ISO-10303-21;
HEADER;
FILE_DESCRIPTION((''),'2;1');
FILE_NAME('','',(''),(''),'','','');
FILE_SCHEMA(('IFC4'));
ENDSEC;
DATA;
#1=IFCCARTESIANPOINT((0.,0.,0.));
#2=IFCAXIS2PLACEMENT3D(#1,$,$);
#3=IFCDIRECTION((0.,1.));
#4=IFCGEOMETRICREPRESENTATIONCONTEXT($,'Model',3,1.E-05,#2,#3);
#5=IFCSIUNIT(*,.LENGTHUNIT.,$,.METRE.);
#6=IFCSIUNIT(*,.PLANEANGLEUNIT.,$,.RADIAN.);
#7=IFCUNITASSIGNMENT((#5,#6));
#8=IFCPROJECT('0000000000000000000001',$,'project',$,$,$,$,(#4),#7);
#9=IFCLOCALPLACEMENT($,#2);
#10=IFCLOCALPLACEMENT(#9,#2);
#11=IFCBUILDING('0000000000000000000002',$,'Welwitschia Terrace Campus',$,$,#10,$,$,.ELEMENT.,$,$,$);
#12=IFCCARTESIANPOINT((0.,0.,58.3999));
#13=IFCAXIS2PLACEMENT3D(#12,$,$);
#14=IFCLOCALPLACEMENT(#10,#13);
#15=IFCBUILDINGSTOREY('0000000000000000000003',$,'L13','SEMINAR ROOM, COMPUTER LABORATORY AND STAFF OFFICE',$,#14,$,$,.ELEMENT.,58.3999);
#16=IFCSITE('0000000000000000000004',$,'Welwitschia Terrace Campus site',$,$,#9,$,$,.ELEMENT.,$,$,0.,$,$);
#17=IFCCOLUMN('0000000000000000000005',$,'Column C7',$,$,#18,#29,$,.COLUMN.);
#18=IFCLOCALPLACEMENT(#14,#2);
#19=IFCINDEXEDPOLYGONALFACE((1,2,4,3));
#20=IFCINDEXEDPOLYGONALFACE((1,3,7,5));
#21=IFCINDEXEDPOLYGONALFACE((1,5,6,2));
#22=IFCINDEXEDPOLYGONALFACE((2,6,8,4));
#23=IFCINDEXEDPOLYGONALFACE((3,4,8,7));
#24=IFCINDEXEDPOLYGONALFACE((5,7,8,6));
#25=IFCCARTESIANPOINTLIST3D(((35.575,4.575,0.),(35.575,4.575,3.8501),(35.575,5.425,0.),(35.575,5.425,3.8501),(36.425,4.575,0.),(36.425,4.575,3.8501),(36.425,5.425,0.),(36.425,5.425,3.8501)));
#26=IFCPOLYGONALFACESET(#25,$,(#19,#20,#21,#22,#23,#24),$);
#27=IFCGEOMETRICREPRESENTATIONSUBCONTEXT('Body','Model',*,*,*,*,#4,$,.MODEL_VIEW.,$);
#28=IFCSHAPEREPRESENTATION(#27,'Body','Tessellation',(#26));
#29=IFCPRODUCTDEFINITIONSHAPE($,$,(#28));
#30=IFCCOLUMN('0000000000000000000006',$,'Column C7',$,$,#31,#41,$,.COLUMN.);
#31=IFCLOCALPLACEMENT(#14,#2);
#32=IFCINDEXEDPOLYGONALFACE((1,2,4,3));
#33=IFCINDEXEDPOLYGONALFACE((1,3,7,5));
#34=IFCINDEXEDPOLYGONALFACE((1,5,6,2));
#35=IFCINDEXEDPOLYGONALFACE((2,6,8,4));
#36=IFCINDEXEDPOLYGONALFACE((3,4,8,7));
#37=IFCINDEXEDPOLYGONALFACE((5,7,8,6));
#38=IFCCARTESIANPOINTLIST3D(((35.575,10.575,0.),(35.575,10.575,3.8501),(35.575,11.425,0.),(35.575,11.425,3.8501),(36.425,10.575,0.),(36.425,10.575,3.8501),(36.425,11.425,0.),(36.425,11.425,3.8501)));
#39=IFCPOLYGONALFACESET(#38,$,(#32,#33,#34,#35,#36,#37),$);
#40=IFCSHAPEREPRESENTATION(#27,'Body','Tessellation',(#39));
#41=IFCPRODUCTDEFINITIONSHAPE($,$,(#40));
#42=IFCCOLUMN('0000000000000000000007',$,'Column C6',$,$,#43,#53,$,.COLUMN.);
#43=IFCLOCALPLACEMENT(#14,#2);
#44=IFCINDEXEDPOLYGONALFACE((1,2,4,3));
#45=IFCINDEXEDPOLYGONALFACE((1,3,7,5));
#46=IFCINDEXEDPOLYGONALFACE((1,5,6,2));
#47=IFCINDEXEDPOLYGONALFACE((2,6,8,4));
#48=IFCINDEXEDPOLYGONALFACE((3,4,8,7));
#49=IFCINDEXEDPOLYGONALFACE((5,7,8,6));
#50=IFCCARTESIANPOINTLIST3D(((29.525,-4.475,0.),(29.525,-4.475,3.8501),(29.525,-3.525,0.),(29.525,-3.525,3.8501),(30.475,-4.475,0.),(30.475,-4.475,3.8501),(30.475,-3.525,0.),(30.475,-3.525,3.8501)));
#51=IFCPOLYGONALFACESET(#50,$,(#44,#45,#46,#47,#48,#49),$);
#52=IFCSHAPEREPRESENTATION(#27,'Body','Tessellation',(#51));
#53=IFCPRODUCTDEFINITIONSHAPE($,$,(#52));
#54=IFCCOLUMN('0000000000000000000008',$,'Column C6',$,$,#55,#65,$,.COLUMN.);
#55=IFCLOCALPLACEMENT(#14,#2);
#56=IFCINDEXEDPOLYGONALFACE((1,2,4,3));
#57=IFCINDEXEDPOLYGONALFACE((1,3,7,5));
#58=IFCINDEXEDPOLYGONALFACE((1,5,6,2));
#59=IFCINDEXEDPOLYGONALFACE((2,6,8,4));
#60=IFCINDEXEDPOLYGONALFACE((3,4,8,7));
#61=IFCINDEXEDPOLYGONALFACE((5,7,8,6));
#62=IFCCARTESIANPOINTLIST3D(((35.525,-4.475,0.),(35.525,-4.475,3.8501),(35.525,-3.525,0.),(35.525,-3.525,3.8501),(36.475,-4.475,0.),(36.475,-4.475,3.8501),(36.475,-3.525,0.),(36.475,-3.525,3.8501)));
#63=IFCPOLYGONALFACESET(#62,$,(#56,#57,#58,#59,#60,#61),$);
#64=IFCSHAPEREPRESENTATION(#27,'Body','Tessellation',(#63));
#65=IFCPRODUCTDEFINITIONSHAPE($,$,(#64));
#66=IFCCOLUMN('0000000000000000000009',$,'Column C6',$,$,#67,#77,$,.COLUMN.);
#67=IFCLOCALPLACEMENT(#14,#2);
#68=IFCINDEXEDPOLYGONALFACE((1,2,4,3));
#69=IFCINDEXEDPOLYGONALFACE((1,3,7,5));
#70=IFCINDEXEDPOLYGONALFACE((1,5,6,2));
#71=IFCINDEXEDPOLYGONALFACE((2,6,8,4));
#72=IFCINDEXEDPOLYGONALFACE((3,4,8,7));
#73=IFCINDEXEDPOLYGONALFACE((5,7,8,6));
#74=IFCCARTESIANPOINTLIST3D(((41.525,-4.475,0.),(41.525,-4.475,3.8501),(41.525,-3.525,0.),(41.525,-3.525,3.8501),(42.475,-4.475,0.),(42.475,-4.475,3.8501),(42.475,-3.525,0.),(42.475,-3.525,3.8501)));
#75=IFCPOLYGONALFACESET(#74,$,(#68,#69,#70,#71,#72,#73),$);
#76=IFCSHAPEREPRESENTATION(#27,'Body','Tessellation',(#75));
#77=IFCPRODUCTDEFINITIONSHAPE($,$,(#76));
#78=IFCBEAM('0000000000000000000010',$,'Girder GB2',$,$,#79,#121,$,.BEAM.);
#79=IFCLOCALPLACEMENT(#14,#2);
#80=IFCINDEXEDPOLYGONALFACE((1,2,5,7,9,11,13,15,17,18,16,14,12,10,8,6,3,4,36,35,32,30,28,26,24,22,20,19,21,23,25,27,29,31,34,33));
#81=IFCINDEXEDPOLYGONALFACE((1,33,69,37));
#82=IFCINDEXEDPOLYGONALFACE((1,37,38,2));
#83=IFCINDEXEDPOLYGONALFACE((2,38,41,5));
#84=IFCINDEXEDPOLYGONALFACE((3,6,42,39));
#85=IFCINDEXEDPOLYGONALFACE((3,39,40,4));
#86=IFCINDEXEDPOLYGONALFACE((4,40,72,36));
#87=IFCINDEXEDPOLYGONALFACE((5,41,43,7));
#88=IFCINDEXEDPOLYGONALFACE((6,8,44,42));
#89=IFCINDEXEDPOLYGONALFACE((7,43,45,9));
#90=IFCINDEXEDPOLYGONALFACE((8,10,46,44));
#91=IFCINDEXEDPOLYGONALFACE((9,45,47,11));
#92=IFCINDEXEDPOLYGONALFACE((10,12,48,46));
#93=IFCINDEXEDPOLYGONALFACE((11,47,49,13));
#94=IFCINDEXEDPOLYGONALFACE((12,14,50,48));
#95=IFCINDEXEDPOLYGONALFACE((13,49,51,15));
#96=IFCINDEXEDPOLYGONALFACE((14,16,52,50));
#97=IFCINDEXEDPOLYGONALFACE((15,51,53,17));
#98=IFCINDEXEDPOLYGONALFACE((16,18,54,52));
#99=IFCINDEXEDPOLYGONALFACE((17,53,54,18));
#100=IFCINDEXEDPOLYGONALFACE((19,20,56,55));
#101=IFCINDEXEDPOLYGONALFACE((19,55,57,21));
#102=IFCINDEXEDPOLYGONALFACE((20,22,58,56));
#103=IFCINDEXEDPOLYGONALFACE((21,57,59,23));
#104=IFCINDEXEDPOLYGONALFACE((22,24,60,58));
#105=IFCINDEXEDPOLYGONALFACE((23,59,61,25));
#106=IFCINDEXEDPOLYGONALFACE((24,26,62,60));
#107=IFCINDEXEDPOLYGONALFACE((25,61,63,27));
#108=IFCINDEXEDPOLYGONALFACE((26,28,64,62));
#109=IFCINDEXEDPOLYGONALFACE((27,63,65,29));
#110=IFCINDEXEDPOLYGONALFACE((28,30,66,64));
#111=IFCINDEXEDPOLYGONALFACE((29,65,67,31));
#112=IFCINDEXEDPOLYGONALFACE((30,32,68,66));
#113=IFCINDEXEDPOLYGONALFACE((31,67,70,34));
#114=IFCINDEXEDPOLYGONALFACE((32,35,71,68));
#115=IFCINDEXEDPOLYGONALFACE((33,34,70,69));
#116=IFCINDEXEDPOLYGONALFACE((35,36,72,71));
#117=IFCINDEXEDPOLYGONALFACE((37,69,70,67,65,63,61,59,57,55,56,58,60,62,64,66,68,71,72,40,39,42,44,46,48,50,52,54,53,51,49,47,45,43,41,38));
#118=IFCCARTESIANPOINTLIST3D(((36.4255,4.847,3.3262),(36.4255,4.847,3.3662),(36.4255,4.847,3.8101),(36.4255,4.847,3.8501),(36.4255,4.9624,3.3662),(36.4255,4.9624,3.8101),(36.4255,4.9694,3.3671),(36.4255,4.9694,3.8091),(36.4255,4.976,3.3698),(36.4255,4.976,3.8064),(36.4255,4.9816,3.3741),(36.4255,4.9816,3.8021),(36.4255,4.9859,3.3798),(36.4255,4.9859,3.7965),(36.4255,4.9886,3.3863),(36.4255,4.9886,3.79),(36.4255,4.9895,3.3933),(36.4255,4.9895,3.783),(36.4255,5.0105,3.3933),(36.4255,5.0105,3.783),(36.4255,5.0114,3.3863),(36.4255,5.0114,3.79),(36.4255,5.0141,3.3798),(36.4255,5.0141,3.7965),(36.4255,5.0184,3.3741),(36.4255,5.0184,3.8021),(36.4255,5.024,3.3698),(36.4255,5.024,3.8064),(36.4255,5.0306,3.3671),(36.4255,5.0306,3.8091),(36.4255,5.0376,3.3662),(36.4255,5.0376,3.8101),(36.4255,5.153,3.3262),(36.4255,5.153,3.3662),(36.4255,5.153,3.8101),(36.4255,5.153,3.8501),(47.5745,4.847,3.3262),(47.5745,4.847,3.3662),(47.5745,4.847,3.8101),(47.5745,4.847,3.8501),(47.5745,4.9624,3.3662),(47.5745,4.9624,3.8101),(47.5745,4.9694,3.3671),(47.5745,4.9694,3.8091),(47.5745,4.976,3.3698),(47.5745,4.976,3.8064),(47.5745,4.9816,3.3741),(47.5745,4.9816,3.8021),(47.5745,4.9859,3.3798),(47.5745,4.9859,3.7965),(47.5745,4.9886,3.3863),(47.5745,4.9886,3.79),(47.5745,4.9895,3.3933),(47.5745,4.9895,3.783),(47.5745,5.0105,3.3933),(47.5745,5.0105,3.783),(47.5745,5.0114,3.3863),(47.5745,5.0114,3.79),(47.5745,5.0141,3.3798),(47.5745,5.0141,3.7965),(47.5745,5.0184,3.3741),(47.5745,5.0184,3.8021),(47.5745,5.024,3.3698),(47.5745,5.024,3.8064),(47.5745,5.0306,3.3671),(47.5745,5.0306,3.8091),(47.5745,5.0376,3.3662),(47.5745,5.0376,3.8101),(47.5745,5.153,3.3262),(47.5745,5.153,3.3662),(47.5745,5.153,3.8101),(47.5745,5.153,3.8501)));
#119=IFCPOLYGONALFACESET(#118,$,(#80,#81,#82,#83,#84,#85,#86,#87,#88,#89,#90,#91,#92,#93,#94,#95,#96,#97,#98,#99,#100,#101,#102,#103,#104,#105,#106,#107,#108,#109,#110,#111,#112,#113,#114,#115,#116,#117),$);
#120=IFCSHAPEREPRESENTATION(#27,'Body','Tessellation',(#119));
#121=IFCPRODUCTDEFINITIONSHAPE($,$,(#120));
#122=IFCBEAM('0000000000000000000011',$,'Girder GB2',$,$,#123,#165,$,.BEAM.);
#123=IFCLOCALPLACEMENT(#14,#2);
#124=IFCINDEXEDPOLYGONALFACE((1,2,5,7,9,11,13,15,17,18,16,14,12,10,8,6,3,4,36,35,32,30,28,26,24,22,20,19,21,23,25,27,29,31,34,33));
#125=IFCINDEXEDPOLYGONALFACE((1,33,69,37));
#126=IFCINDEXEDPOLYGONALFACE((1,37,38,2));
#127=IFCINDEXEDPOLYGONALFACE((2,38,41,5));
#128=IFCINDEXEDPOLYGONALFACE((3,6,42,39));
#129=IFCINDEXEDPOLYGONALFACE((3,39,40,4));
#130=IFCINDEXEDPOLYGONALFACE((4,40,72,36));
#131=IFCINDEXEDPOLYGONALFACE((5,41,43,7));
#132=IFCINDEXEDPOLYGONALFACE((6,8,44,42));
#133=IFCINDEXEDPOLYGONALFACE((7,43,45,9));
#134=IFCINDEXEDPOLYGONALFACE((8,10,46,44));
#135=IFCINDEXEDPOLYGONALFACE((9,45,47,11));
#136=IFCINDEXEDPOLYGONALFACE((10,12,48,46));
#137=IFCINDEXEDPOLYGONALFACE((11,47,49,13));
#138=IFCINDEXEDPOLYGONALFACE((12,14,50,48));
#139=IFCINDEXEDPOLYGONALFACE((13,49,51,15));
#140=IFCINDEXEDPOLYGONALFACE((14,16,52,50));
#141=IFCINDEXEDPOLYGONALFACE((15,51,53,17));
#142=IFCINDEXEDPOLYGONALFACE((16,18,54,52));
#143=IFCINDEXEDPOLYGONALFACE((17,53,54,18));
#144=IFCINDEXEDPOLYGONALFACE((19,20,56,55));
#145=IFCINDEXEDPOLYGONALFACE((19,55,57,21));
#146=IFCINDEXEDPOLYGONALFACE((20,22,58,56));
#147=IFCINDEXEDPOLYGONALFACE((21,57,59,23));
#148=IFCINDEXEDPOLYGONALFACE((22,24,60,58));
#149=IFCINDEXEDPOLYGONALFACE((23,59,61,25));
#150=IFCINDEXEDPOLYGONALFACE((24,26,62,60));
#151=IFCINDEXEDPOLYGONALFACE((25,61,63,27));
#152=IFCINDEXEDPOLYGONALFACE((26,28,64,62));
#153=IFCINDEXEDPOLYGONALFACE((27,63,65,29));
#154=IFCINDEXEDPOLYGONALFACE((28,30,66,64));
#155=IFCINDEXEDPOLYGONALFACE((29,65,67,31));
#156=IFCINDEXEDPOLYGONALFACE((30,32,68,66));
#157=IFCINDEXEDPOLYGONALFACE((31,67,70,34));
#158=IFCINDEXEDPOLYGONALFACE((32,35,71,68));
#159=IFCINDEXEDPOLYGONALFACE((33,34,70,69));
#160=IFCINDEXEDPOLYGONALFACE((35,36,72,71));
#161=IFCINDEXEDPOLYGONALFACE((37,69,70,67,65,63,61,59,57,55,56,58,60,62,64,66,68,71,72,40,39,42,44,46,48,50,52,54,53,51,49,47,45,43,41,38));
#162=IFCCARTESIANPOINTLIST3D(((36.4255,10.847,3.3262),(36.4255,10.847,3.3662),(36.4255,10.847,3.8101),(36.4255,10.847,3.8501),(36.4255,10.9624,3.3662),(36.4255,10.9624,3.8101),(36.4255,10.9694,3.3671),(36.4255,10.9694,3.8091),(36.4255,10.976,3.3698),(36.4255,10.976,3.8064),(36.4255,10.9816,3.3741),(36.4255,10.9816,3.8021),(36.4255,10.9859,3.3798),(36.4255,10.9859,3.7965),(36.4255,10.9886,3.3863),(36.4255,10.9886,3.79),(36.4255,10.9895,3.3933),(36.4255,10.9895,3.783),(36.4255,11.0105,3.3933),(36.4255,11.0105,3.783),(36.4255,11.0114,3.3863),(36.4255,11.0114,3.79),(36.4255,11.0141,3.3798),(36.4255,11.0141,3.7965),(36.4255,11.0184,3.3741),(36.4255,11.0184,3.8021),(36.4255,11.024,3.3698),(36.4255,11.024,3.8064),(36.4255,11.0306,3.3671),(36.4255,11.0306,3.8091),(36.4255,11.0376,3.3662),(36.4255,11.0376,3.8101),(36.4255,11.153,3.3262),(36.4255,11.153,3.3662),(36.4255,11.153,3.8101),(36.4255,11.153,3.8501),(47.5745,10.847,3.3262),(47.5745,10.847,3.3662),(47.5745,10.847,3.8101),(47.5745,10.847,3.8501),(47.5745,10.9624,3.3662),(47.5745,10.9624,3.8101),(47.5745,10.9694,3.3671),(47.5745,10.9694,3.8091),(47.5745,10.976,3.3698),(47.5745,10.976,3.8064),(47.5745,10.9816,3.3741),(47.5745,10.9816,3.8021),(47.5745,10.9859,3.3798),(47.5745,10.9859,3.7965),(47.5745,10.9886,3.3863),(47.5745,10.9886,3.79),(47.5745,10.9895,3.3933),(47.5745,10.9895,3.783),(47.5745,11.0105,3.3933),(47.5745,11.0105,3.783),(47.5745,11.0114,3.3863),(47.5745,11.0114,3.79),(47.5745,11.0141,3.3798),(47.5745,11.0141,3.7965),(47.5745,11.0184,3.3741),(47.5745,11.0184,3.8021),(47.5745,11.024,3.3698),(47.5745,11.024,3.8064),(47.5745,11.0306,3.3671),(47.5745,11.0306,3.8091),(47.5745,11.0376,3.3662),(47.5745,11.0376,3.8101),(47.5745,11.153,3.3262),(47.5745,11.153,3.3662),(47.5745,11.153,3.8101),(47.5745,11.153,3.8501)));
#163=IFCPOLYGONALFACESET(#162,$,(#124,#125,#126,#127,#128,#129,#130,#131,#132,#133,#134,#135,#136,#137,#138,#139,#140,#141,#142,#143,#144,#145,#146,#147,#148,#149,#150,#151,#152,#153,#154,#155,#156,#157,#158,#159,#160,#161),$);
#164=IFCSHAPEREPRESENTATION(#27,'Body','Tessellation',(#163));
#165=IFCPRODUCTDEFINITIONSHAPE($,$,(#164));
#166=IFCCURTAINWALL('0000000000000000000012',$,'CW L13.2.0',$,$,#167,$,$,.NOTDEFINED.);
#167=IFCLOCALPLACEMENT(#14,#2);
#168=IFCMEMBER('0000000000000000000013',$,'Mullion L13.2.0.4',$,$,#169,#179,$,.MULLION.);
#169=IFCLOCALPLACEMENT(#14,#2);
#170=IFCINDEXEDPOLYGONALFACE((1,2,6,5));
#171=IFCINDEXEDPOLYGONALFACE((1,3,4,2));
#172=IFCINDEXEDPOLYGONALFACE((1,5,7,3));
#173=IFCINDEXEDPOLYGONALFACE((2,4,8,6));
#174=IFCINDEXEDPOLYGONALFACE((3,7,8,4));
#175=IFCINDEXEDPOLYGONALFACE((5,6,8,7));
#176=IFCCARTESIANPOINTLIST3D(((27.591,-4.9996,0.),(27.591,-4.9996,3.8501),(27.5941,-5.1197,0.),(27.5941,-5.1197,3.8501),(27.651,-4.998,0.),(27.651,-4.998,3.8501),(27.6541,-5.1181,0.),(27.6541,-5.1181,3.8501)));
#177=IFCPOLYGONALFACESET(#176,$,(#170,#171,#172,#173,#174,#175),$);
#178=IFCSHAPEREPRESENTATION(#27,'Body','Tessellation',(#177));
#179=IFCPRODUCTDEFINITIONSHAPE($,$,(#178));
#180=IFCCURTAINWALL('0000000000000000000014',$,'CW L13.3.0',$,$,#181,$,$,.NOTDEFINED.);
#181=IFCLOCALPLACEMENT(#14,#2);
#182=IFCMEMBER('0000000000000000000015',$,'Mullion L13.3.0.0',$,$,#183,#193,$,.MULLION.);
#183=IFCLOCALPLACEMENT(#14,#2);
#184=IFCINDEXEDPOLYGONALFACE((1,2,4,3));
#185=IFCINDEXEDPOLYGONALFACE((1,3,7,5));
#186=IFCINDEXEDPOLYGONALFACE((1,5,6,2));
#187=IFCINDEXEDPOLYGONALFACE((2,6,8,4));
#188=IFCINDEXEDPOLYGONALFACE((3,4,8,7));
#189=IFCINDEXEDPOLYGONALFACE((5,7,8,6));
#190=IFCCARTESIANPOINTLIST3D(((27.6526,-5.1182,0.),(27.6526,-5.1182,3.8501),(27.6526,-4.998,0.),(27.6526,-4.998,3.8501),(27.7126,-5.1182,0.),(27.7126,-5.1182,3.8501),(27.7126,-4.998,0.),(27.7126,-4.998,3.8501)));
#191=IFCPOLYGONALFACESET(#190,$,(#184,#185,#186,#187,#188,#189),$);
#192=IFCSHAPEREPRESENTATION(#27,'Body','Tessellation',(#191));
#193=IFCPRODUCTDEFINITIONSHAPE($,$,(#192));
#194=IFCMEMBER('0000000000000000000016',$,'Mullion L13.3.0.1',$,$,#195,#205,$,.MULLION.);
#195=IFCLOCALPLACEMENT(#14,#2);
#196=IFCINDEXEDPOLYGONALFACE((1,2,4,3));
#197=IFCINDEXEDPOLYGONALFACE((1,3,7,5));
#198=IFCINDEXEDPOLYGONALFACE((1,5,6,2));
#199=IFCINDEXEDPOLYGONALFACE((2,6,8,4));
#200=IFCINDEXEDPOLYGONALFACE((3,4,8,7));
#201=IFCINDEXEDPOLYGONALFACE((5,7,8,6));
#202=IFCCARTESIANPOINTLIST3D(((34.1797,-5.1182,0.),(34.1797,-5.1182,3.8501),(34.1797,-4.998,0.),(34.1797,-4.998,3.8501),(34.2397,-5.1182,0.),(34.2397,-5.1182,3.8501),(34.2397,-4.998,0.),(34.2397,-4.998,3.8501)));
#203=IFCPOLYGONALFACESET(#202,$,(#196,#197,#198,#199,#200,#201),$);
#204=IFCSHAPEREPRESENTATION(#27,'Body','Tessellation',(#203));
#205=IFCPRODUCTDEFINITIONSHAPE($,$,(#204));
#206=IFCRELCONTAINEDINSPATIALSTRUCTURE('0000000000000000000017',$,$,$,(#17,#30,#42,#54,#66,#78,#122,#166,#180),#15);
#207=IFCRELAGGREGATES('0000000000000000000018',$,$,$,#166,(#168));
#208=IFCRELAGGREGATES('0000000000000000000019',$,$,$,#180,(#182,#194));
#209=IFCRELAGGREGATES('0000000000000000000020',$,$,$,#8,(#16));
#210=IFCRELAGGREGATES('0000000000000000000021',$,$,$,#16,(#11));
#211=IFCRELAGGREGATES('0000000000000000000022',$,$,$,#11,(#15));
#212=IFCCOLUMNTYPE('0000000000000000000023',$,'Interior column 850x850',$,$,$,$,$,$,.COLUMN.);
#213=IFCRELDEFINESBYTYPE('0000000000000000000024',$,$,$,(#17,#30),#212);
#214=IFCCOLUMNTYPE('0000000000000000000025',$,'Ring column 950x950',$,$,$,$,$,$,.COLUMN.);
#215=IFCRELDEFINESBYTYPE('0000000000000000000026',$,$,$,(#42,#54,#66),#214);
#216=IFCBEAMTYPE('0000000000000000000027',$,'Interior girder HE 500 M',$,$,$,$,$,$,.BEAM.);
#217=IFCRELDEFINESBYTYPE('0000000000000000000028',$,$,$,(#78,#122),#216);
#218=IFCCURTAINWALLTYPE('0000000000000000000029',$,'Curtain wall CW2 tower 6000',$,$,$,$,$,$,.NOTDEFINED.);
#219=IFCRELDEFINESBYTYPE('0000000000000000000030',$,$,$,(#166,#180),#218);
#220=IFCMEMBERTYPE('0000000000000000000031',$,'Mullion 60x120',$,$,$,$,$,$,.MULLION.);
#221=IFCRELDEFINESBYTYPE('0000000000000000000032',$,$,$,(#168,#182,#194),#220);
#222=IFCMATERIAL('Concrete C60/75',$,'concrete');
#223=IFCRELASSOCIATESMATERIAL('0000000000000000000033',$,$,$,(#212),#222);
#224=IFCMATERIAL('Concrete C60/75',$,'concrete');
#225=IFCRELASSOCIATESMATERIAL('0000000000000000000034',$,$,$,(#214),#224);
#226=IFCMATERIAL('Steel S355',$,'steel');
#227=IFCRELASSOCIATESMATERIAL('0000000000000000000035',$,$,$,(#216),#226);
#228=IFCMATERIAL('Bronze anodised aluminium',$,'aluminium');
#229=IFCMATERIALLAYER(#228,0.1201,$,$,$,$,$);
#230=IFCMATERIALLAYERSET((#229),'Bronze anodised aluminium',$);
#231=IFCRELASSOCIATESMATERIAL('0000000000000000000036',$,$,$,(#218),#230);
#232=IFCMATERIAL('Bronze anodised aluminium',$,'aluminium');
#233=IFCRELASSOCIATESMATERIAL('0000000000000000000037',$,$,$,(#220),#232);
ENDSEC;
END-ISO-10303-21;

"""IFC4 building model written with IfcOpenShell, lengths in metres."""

from ifc_helpers import new_model, si_unit, direction, frame, origin, origin_2d, place, context, subcontext, project, spatial, rectangle, i_section, extrude, material, layer, layer_set, material_profile, profile_set, type_object, element, aggregate, save


model = new_model("IFC4")

# Units and contexts
model_context = context("Model", 3, precision=1e-05, world=origin(), true_north=direction((0.0, 1.0)))
body_context = subcontext(model_context, "Body", "Model", "MODEL_VIEW")
ifc_project = project(units=[si_unit("LENGTHUNIT", "METRE"), si_unit("PLANEANGLEUNIT", "RADIAN")], contexts=[model_context])

# Site, building, storey
site_placement = place(None, origin())
site = spatial("IfcSite", under=ifc_project, at=site_placement, Name="Welwitschia Terrace Campus site", CompositionType="ELEMENT", RefElevation=0.0)
building_placement = place(site_placement, origin())
building = spatial("IfcBuilding", under=site, at=building_placement, Name="Welwitschia Terrace Campus", CompositionType="ELEMENT")
storey_placement = place(building_placement, frame((0.0, 0.0, 58.3999)))
storey = spatial("IfcBuildingStorey", under=building, at=storey_placement, Name="L13", Description="SEMINAR ROOM, COMPUTER LABORATORY AND STAFF OFFICE", CompositionType="ELEMENT", Elevation=58.3999)

# Columns
ifc_material_1 = material(Name="Concrete C60/75", Category="concrete")
ifc_material_profile_1 = material_profile(ifc_material_1, rectangle(XDim=0.8501, YDim=0.8501, at=origin_2d()))
ifc_profile_set_1 = profile_set([ifc_material_profile_1], Name="Concrete C60/75")
column_type_1 = type_object("IfcColumnType", Name="Interior column 850x850", PredefinedType="COLUMN", material=ifc_profile_set_1)
for number, where, z_axis, x_axis, name in (
    (1, (36.0, 5.0, 0.0), (0.0, 0.0, 1.0), (1.0, 0.0, 0.0), "Column C7"),
    (2, (36.0, 11.0, 0.0), (0.0, 0.0, 1.0), (1.0, 0.0, 0.0), "Column C7"),
):
    element("IfcColumn", number, at=place(storey_placement, frame(where, z_axis=z_axis, x_axis=x_axis)), inside=storey, type_object=column_type_1, Name=name, PredefinedType="COLUMN", context=body_context, shape_type="SweptSolid", body=[
        extrude(rectangle(XDim=0.8501, YDim=0.8501, at=origin_2d()), origin(), (0.0, 0.0, 1.0), 3.8501),
    ])
ifc_material_2 = material(Name="Concrete C60/75", Category="concrete")
ifc_material_profile_2 = material_profile(ifc_material_2, rectangle(XDim=0.95, YDim=0.95, at=origin_2d()))
ifc_profile_set_2 = profile_set([ifc_material_profile_2], Name="Concrete C60/75")
column_type_2 = type_object("IfcColumnType", Name="Ring column 950x950", PredefinedType="COLUMN", material=ifc_profile_set_2)
for number, where, z_axis, x_axis, name in (
    (3, (30.0, -4.0, 0.0), (0.0, 0.0, 1.0), (1.0, 0.0, 0.0), "Column C6"),
    (4, (36.0, -4.0, 0.0), (0.0, 0.0, 1.0), (1.0, 0.0, 0.0), "Column C6"),
    (5, (42.0, -4.0, 0.0), (0.0, 0.0, 1.0), (1.0, 0.0, 0.0), "Column C6"),
):
    element("IfcColumn", number, at=place(storey_placement, frame(where, z_axis=z_axis, x_axis=x_axis)), inside=storey, type_object=column_type_2, Name=name, PredefinedType="COLUMN", context=body_context, shape_type="SweptSolid", body=[
        extrude(rectangle(XDim=0.95, YDim=0.95, at=origin_2d()), origin(), (0.0, 0.0, 1.0), 3.8501),
    ])

# Beams
ifc_material_3 = material(Name="Steel S355", Category="steel")
ifc_material_profile_3 = material_profile(ifc_material_3, i_section(OverallWidth=0.3059, OverallDepth=0.5239, WebThickness=0.021, FlangeThickness=0.04, FilletRadius=0.0271, at=origin_2d()))
ifc_profile_set_3 = profile_set([ifc_material_profile_3], Name="Steel S355")
beam_type_1 = type_object("IfcBeamType", Name="Interior girder HE 500 M", PredefinedType="BEAM", material=ifc_profile_set_3)
for number, where, z_axis, x_axis, name in (
    (6, (36.4255, 5.0, 3.5881), (1.0, 0.0, 0.0), (0.0, 1.0, 0.0), "Girder GB2"),
    (7, (36.4255, 11.0, 3.5881), (1.0, 0.0, 0.0), (0.0, 1.0, 0.0), "Girder GB2"),
):
    element("IfcBeam", number, at=place(storey_placement, frame(where, z_axis=z_axis, x_axis=x_axis)), inside=storey, type_object=beam_type_1, Name=name, PredefinedType="BEAM", context=body_context, shape_type="SweptSolid", body=[
        extrude(i_section(OverallWidth=0.3059, OverallDepth=0.5239, WebThickness=0.021, FlangeThickness=0.04, FilletRadius=0.0271, at=origin_2d()), origin(), (0.0, 0.0, 1.0), 11.1489),
    ])

# Curtain wall, member
ifc_material_4 = material(Name="Bronze anodised aluminium", Category="aluminium")
ifc_layer_1 = layer(ifc_material_4, 0.1201)
ifc_layer_set_1 = layer_set([ifc_layer_1], Name="Bronze anodised aluminium")
curtain_wall_type = type_object("IfcCurtainWallType", Name="Curtain wall CW2 tower 6000", PredefinedType="NOTDEFINED", material=ifc_layer_set_1)
curtain_wall_1_placement = place(storey_placement, origin())
curtain_wall_1 = element("IfcCurtainWall", 8, at=curtain_wall_1_placement, inside=storey, type_object=curtain_wall_type, Name="CW L13.2.0", PredefinedType="NOTDEFINED")
ifc_material_5 = material(Name="Bronze anodised aluminium", Category="aluminium")
ifc_material_profile_4 = material_profile(ifc_material_5, rectangle(XDim=0.1201, YDim=0.0601, at=origin_2d()))
ifc_profile_set_4 = profile_set([ifc_material_profile_4], Name="Bronze anodised aluminium")
member_type_1 = type_object("IfcMemberType", Name="Mullion 60x120", PredefinedType="MULLION", material=ifc_profile_set_4)
member_1_placement = place(storey_placement, frame((27.6226, -5.0588, 0.0), z_axis=(0.0, 0.0, 1.0), x_axis=(-0.026177, 0.999657, 0.0)))
member_1 = element("IfcMember", 9, at=member_1_placement, type_object=member_type_1, Name="Mullion L13.2.0.4", PredefinedType="MULLION", context=body_context, shape_type="SweptSolid", body=[
    extrude(rectangle(XDim=0.1201, YDim=0.0601, at=origin_2d()), origin(), (0.0, 0.0, 1.0), 3.8501),
])
aggregate(curtain_wall_1, [member_1])

# Curtain wall, members
curtain_wall_2_placement = place(storey_placement, origin())
curtain_wall_2 = element("IfcCurtainWall", 10, at=curtain_wall_2_placement, inside=storey, type_object=curtain_wall_type, Name="CW L13.3.0", PredefinedType="NOTDEFINED")
member_2_placement = place(storey_placement, frame((27.6826, -5.0581, 0.0), z_axis=(0.0, 0.0, 1.0), x_axis=(0.0, 1.0, 0.0)))
member_2 = element("IfcMember", 11, at=member_2_placement, type_object=member_type_1, Name="Mullion L13.3.0.0", PredefinedType="MULLION", context=body_context, shape_type="SweptSolid", body=[
    extrude(rectangle(XDim=0.1201, YDim=0.0601, at=origin_2d()), origin(), (0.0, 0.0, 1.0), 3.8501),
])
member_3_placement = place(storey_placement, frame((34.2097, -5.0581, 0.0), z_axis=(0.0, 0.0, 1.0), x_axis=(0.0, 1.0, 0.0)))
member_3 = element("IfcMember", 12, at=member_3_placement, type_object=member_type_1, Name="Mullion L13.3.0.1", PredefinedType="MULLION", context=body_context, shape_type="SweptSolid", body=[
    extrude(rectangle(XDim=0.1201, YDim=0.0601, at=origin_2d()), origin(), (0.0, 0.0, 1.0), 3.8501),
])

aggregate(curtain_wall_2, [member_2, member_3])

save(model, "model.ifc")
